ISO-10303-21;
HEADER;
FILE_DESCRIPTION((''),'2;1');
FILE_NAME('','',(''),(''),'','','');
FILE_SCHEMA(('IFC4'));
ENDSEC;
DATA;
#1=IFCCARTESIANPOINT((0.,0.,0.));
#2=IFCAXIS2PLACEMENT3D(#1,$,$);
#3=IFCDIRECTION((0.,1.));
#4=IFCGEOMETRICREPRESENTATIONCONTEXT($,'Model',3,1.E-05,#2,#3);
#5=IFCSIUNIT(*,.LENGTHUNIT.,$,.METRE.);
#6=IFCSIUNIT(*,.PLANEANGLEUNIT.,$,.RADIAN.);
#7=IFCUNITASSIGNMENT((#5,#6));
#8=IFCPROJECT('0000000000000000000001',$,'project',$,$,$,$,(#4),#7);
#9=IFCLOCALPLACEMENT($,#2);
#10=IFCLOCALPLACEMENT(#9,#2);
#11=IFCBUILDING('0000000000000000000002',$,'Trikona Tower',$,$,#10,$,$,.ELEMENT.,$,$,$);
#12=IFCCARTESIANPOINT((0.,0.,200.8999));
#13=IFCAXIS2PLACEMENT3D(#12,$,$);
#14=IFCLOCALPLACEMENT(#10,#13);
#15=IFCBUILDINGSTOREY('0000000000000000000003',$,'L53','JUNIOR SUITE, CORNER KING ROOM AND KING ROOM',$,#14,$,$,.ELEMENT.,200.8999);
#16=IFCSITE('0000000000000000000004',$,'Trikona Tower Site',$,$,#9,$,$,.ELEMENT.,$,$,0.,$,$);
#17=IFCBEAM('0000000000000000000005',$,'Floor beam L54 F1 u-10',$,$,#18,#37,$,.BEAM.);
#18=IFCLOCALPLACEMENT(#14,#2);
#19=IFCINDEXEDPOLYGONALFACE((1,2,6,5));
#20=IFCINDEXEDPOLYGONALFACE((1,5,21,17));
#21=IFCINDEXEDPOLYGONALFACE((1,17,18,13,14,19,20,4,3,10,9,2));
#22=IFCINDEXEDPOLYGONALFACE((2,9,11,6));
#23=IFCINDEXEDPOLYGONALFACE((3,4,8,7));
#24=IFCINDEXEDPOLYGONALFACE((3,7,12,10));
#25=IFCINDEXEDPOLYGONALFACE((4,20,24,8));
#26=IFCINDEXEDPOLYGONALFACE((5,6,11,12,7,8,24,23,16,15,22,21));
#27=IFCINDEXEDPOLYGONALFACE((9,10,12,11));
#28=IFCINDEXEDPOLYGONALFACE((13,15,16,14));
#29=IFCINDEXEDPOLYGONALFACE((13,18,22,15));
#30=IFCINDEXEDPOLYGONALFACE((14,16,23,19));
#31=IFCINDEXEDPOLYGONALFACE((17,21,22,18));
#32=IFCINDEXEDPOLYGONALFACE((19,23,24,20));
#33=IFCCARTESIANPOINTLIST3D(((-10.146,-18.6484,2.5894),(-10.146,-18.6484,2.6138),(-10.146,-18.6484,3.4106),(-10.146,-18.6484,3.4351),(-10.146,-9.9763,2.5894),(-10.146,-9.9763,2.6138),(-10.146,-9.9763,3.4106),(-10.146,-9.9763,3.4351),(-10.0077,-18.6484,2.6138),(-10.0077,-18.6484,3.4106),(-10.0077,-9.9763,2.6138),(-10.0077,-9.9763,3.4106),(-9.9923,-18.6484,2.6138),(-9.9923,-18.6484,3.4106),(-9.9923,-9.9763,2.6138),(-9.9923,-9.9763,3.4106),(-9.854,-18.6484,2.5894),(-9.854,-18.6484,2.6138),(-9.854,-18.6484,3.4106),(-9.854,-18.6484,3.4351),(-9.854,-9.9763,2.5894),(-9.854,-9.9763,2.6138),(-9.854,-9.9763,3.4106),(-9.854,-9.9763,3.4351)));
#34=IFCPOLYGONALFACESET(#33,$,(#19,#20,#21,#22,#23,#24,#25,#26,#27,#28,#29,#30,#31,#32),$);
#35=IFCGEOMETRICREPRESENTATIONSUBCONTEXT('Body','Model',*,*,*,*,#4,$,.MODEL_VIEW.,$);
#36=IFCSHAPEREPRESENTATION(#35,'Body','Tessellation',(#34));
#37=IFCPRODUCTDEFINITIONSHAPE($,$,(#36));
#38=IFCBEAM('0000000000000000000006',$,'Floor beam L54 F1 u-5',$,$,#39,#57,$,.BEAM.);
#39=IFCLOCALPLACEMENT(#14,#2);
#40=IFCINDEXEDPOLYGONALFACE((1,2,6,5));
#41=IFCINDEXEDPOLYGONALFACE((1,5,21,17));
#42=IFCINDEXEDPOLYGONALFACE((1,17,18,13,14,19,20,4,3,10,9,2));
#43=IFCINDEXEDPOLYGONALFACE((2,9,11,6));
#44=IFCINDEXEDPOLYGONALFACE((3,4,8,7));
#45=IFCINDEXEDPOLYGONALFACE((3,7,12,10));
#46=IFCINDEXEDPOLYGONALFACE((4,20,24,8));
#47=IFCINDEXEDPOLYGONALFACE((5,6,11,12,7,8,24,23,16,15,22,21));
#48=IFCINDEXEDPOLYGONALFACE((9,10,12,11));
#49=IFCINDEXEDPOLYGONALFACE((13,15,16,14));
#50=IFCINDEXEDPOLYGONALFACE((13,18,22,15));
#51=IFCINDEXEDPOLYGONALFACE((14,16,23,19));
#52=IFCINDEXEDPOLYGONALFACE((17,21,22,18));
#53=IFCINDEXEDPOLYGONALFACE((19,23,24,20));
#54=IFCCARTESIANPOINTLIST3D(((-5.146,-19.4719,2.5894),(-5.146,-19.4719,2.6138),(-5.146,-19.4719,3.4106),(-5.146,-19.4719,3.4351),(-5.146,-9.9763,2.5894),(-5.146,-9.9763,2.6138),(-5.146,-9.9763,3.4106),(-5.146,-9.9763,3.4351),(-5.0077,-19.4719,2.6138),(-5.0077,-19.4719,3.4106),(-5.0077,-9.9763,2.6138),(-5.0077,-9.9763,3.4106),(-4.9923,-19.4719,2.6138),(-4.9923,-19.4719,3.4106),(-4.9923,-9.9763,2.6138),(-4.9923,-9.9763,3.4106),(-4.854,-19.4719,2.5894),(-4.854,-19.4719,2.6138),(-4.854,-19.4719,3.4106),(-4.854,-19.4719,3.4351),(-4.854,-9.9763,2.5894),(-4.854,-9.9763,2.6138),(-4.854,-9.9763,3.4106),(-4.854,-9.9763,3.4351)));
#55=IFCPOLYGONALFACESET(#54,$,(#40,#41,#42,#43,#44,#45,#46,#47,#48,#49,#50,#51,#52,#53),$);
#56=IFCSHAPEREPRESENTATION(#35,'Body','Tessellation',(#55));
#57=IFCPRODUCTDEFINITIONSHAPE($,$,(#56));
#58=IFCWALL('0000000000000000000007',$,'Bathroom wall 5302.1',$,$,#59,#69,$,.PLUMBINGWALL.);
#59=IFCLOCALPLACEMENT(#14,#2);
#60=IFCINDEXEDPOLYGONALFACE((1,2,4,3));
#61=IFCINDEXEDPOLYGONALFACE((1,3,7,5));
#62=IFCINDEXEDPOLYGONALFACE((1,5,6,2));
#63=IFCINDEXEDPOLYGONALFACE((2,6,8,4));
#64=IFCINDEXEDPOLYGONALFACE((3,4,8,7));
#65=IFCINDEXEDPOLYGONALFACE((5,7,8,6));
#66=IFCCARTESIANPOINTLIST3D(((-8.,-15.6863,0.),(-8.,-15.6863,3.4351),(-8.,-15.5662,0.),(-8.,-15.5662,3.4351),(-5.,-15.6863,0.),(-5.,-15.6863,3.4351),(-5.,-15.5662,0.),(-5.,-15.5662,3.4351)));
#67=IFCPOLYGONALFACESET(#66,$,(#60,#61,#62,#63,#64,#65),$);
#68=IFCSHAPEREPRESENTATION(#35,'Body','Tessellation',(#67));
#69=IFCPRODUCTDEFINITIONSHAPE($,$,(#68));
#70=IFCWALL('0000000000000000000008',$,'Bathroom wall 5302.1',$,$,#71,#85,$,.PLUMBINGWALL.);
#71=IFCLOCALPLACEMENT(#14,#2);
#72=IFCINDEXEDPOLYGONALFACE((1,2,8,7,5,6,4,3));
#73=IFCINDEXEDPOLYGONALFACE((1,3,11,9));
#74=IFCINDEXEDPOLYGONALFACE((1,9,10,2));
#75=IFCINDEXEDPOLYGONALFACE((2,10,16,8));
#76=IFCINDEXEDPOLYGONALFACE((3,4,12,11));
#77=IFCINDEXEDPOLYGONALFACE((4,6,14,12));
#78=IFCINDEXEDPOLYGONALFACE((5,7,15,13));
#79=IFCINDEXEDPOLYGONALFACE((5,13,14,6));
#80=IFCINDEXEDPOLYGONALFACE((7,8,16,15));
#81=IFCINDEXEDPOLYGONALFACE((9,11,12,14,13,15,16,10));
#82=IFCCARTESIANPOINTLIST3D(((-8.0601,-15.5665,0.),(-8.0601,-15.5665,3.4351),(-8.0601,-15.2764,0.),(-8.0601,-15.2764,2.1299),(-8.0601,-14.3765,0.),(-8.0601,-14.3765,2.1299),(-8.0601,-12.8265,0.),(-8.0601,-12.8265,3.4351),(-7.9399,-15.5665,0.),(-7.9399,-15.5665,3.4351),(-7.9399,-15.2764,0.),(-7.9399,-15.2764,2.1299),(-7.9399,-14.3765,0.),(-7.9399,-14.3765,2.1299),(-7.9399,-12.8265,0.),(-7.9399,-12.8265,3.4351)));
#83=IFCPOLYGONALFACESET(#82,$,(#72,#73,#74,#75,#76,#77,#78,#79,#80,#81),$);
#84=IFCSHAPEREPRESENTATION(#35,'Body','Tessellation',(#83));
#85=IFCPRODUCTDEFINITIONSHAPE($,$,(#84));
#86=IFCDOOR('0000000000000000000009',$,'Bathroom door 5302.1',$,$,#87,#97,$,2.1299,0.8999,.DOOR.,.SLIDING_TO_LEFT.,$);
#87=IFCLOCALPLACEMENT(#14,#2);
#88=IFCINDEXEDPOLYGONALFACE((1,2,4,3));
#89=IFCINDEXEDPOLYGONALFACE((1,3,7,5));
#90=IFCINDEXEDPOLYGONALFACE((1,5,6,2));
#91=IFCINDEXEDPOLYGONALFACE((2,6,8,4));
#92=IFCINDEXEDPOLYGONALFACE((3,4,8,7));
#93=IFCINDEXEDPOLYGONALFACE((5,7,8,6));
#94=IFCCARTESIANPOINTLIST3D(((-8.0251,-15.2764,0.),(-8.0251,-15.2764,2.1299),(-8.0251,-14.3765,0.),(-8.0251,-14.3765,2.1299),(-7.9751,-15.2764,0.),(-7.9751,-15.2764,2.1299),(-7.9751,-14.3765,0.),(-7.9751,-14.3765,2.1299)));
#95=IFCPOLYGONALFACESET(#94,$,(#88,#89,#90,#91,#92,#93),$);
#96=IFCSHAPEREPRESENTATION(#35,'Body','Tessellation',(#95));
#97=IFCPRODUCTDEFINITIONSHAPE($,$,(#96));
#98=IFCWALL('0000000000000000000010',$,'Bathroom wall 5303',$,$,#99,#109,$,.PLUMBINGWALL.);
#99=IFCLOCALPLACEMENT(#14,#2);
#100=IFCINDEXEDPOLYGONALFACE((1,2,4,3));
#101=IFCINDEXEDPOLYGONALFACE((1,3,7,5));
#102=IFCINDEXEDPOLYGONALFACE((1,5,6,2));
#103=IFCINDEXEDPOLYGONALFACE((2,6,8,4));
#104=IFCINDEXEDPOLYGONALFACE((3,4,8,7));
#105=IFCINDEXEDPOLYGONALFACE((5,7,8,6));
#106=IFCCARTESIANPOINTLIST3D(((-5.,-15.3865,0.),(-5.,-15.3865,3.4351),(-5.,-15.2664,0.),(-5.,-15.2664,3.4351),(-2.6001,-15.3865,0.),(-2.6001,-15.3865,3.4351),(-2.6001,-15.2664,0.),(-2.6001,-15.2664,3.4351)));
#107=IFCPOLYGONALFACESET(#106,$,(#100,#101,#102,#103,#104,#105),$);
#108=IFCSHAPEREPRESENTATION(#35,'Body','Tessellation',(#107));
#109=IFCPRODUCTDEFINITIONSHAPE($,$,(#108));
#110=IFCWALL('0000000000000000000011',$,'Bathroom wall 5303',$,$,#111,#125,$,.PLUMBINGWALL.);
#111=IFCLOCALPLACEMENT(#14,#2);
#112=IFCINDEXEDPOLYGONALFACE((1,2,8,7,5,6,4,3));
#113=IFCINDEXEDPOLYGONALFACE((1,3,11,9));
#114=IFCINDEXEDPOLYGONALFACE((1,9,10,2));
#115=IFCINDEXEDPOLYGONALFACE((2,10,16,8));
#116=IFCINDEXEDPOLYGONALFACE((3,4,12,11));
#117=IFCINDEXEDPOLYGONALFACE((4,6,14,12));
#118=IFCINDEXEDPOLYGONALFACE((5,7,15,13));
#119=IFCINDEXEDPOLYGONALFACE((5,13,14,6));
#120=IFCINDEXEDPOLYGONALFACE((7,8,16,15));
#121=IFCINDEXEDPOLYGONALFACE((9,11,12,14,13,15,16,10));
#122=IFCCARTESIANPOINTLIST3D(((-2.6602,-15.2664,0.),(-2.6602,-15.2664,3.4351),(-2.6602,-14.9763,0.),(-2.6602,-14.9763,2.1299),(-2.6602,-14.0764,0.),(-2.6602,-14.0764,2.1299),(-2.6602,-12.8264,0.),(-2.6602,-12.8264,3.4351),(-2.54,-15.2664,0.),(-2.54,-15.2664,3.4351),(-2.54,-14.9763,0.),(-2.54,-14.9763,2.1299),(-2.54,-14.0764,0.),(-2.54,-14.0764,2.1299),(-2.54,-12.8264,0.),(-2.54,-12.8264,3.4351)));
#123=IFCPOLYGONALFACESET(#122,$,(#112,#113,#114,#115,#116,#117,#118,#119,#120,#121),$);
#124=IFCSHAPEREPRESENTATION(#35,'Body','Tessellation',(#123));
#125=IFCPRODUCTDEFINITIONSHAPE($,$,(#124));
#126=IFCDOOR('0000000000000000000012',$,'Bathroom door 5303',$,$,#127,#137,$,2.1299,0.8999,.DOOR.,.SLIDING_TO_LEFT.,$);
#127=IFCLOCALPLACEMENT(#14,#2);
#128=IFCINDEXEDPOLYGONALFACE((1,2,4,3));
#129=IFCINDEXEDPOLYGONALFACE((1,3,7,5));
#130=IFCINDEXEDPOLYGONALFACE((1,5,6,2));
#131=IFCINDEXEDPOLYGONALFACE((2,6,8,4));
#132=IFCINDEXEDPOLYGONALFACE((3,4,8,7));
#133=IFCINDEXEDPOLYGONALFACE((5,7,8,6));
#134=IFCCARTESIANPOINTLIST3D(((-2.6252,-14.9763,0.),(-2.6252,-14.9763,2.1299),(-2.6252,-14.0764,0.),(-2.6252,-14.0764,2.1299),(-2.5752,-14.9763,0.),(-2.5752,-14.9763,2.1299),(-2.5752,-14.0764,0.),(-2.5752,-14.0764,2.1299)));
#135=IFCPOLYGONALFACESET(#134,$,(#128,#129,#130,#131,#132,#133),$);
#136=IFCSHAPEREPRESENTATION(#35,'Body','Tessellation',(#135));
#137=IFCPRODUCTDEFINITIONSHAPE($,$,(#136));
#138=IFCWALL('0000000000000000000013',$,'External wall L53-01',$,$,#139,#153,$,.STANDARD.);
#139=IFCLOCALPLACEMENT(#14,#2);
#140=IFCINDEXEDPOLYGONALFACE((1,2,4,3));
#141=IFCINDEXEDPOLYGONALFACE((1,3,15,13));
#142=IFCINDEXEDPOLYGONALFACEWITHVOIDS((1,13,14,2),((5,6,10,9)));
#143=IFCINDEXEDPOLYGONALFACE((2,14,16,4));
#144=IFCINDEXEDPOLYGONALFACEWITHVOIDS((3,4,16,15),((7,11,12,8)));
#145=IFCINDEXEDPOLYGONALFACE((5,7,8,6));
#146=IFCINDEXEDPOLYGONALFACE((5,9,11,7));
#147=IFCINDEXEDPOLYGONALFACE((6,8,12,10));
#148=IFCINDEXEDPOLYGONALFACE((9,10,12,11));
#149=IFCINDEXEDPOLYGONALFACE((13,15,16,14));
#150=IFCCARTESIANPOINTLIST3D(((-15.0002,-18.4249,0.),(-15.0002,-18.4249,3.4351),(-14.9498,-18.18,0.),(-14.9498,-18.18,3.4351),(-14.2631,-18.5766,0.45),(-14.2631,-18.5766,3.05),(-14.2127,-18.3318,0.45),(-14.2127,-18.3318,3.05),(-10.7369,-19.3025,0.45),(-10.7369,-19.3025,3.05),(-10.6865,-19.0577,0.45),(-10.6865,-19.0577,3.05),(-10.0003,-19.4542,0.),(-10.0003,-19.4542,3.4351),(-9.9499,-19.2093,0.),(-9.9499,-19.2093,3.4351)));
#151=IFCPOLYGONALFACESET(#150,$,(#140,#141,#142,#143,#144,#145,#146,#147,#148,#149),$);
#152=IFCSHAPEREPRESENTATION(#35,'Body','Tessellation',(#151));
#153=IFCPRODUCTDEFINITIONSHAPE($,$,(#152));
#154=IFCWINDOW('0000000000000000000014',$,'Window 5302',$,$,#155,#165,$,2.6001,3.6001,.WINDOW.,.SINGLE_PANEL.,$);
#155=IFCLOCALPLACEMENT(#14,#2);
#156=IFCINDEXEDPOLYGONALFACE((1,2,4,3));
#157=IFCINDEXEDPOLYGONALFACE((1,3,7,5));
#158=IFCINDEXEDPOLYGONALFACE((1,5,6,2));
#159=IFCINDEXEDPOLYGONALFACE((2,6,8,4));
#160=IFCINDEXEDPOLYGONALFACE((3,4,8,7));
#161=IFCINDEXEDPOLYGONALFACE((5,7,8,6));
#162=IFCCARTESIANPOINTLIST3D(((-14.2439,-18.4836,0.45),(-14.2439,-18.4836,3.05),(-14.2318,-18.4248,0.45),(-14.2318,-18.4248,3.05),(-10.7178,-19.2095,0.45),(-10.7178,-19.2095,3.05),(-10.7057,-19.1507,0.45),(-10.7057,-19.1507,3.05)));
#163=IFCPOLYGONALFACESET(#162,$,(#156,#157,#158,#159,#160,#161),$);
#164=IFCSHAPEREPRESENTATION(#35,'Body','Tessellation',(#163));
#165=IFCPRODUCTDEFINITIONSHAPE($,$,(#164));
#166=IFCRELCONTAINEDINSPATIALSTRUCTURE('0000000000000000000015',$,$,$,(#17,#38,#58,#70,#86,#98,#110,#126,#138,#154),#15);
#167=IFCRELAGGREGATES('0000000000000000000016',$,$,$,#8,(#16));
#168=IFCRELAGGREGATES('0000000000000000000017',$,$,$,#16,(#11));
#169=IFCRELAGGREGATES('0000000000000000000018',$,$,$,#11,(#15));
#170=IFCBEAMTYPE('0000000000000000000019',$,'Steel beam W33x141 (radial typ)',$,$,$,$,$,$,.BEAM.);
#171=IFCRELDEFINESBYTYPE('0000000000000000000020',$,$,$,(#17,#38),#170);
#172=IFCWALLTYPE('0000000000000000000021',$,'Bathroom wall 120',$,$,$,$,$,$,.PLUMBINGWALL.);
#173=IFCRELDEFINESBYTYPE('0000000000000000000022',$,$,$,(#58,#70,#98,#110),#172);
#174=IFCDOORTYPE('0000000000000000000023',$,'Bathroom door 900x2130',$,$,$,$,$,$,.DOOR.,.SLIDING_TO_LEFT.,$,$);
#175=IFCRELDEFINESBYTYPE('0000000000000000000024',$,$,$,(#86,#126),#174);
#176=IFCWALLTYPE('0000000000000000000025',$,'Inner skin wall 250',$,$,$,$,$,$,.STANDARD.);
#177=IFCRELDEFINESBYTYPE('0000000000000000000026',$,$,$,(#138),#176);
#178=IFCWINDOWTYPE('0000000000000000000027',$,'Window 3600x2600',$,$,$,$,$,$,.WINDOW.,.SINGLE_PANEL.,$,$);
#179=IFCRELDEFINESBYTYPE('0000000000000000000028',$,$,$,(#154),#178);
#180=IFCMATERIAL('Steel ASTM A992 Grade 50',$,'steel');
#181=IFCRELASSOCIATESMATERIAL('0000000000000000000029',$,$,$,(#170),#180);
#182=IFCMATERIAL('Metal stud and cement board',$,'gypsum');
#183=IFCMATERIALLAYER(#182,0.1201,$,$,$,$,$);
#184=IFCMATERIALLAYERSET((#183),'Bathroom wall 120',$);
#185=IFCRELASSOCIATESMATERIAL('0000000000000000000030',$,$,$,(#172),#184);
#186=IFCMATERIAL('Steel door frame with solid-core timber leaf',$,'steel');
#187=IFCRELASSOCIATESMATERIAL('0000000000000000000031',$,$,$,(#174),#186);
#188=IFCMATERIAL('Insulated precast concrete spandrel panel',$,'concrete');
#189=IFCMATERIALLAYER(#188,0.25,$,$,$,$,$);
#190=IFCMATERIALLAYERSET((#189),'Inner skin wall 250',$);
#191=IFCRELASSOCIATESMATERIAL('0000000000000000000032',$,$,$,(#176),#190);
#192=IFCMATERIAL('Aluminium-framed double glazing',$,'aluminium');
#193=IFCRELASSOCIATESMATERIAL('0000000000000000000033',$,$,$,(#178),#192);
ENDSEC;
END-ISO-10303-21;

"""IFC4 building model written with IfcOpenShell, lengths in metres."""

from ifc_helpers import new_model, si_unit, direction, frame, frame_2d, origin, origin_2d, place, context, subcontext, project, spatial, rectangle, i_section, extrude, material, layer, layer_set, material_profile, profile_set, type_object, element, fill, save


model = new_model("IFC4")

# Units and contexts
model_context = context("Model", 3, precision=1e-05, world=origin(), true_north=direction((0.0, 1.0)))
body_context = subcontext(model_context, "Body", "Model", "MODEL_VIEW")
ifc_project = project(units=[si_unit("LENGTHUNIT", "METRE"), si_unit("PLANEANGLEUNIT", "RADIAN")], contexts=[model_context])

# Site, building, storey
site_placement = place(None, origin())
site = spatial("IfcSite", under=ifc_project, at=site_placement, Name="Trikona Tower Site", CompositionType="ELEMENT", RefElevation=0.0)
building_placement = place(site_placement, origin())
building = spatial("IfcBuilding", under=site, at=building_placement, Name="Trikona Tower", CompositionType="ELEMENT")
storey_placement = place(building_placement, frame((0.0, 0.0, 200.8999)))
storey = spatial("IfcBuildingStorey", under=building, at=storey_placement, Name="L53", Description="JUNIOR SUITE, CORNER KING ROOM AND KING ROOM", CompositionType="ELEMENT", Elevation=200.8999)

# Beams
ifc_material_1 = material(Name="Steel ASTM A992 Grade 50", Category="steel")
ifc_material_profile = material_profile(ifc_material_1, i_section(OverallWidth=0.292, OverallDepth=0.8457, WebThickness=0.0154, FlangeThickness=0.0244, at=origin_2d()), Name="W33X141")
ifc_profile_set = profile_set([ifc_material_profile], Name="Steel ASTM A992 Grade 50")
beam_type = type_object("IfcBeamType", Name="Steel beam W33x141 (radial typ)", PredefinedType="BEAM", material=ifc_profile_set)
beam_1_placement = place(storey_placement, frame((-10.0, -9.9763, 3.0122), z_axis=(0.0, -1.0, 0.0), x_axis=(1.0, 0.0, 0.0)))
element("IfcBeam", 1, at=beam_1_placement, inside=storey, type_object=beam_type, Name="Floor beam L54 F1 u-10", PredefinedType="BEAM", context=body_context, shape_type="SweptSolid", body=[
    extrude(i_section(OverallWidth=0.292, OverallDepth=0.8457, WebThickness=0.0154, FlangeThickness=0.0244, at=origin_2d()), origin(), (0.0, 0.0, 1.0), 8.6721),
])
beam_2_placement = place(storey_placement, frame((-5.0, -9.9763, 3.0122), z_axis=(0.0, -1.0, 0.0), x_axis=(1.0, 0.0, 0.0)))
element("IfcBeam", 2, at=beam_2_placement, inside=storey, type_object=beam_type, Name="Floor beam L54 F1 u-5", PredefinedType="BEAM", context=body_context, shape_type="SweptSolid", body=[
    extrude(i_section(OverallWidth=0.292, OverallDepth=0.8457, WebThickness=0.0154, FlangeThickness=0.0244, at=origin_2d()), origin(), (0.0, 0.0, 1.0), 9.4956),
])

# Wall
ifc_material_2 = material(Name="Metal stud and cement board", Category="gypsum")
ifc_layer_1 = layer(ifc_material_2, 0.1201)
ifc_layer_set_1 = layer_set([ifc_layer_1], Name="Bathroom wall 120")
wall_type_1 = type_object("IfcWallType", Name="Bathroom wall 120", PredefinedType="PLUMBINGWALL", material=ifc_layer_set_1)
wall_1_placement = place(storey_placement, frame((-8.0, -15.6262, 0.0), z_axis=(0.0, 0.0, 1.0), x_axis=(1.0, 0.0, 0.0)))
element("IfcWall", 3, at=wall_1_placement, inside=storey, type_object=wall_type_1, Name="Bathroom wall 5302.1", PredefinedType="PLUMBINGWALL", context=body_context, shape_type="SweptSolid", body=[
    extrude(rectangle(XDim=3.0, YDim=0.1201, at=frame_2d((1.5, 0.0))), origin(), (0.0, 0.0, 1.0), 3.4351),
])

# Wall, opening, door
wall_2_placement = place(storey_placement, frame((-8.0, -12.8264, 0.0), z_axis=(0.0, 0.0, 1.0), x_axis=(0.0, -1.0, 0.0)))
wall_2 = element("IfcWall", 4, at=wall_2_placement, inside=storey, type_object=wall_type_1, Name="Bathroom wall 5302.1", PredefinedType="PLUMBINGWALL", context=body_context, shape_type="SweptSolid", body=[
    extrude(rectangle(XDim=2.74, YDim=0.1201, at=frame_2d((1.3701, 0.0))), origin(), (0.0, 0.0, 1.0), 3.4351),
])
opening_1_placement = place(wall_2_placement, frame((1.55, 0.0, 0.0)))
opening_1 = element("IfcOpeningElement", 5, at=opening_1_placement, cuts=wall_2, PredefinedType="OPENING", context=body_context, shape_type="SweptSolid", body=[
    extrude(rectangle(XDim=0.8999, YDim=2.1299, at=frame_2d((0.45, 1.0649))), frame((0.0, 0.0701, 0.0), z_axis=(0.0, -1.0, 0.0), x_axis=(1.0, 0.0, 0.0)), (0.0, 0.0, 1.0), 0.1401),
])
ifc_material_3 = material(Name="Steel door frame with solid-core timber leaf", Category="steel")
door_type_1 = type_object("IfcDoorType", Name="Bathroom door 900x2130", OperationType="SLIDING_TO_LEFT", PredefinedType="DOOR", material=ifc_material_3)
door_1_placement = place(opening_1_placement, origin())
door_1 = element("IfcDoor", 6, at=door_1_placement, inside=storey, type_object=door_type_1, Name="Bathroom door 5302.1", OperationType="SLIDING_TO_LEFT", OverallHeight=2.1299, OverallWidth=0.8999, PredefinedType="DOOR", context=body_context, shape_type="SweptSolid", body=[
    extrude(rectangle(XDim=0.8999, YDim=2.1299, at=frame_2d((0.45, 1.0649))), frame((0.0, 0.0249, 0.0), z_axis=(0.0, -1.0, 0.0), x_axis=(1.0, 0.0, 0.0)), (0.0, 0.0, 1.0), 0.05),
])
fill(opening_1, door_1)

# Wall
wall_3_placement = place(storey_placement, frame((-5.0, -15.3264, 0.0), z_axis=(0.0, 0.0, 1.0), x_axis=(1.0, 0.0, 0.0)))
element("IfcWall", 7, at=wall_3_placement, inside=storey, type_object=wall_type_1, Name="Bathroom wall 5303", PredefinedType="PLUMBINGWALL", context=body_context, shape_type="SweptSolid", body=[
    extrude(rectangle(XDim=2.3999, YDim=0.1201, at=frame_2d((1.2, 0.0))), origin(), (0.0, 0.0, 1.0), 3.4351),
])

# Wall, opening, door
wall_4_placement = place(storey_placement, frame((-2.6001, -12.8264, 0.0), z_axis=(0.0, 0.0, 1.0), x_axis=(0.0, -1.0, 0.0)))
wall_4 = element("IfcWall", 8, at=wall_4_placement, inside=storey, type_object=wall_type_1, Name="Bathroom wall 5303", PredefinedType="PLUMBINGWALL", context=body_context, shape_type="SweptSolid", body=[
    extrude(rectangle(XDim=2.4399, YDim=0.1201, at=frame_2d((1.22, 0.0))), origin(), (0.0, 0.0, 1.0), 3.4351),
])
opening_2_placement = place(wall_4_placement, frame((1.25, 0.0, 0.0)))
opening_2 = element("IfcOpeningElement", 9, at=opening_2_placement, cuts=wall_4, PredefinedType="OPENING", context=body_context, shape_type="SweptSolid", body=[
    extrude(rectangle(XDim=0.8999, YDim=2.1299, at=frame_2d((0.45, 1.0649))), frame((0.0, 0.0701, 0.0), z_axis=(0.0, -1.0, 0.0), x_axis=(1.0, 0.0, 0.0)), (0.0, 0.0, 1.0), 0.1401),
])
door_2_placement = place(opening_2_placement, origin())
door_2 = element("IfcDoor", 10, at=door_2_placement, inside=storey, type_object=door_type_1, Name="Bathroom door 5303", OperationType="SLIDING_TO_LEFT", OverallHeight=2.1299, OverallWidth=0.8999, PredefinedType="DOOR", context=body_context, shape_type="SweptSolid", body=[
    extrude(rectangle(XDim=0.8999, YDim=2.1299, at=frame_2d((0.45, 1.0649))), frame((0.0, 0.0249, 0.0), z_axis=(0.0, -1.0, 0.0), x_axis=(1.0, 0.0, 0.0)), (0.0, 0.0, 1.0), 0.05),
])
fill(opening_2, door_2)

# Wall, opening, window
ifc_material_4 = material(Name="Insulated precast concrete spandrel panel", Category="concrete")
ifc_layer_2 = layer(ifc_material_4, 0.25)
ifc_layer_set_2 = layer_set([ifc_layer_2], Name="Inner skin wall 250")
wall_type_2 = type_object("IfcWallType", Name="Inner skin wall 250", PredefinedType="STANDARD", material=ifc_layer_set_2)
wall_5_placement = place(storey_placement, frame((-14.9749, -18.3025, 0.0), z_axis=(0.0, 0.0, 1.0), x_axis=(0.979461, -0.201631, 0.0)))
wall_5 = element("IfcWall", 11, at=wall_5_placement, inside=storey, type_object=wall_type_2, Name="External wall L53-01", PredefinedType="STANDARD", context=body_context, shape_type="SweptSolid", body=[
    extrude(rectangle(XDim=5.1047, YDim=0.25, at=frame_2d((2.5522, 0.0))), origin(), (0.0, 0.0, 1.0), 3.4351),
])
opening_3_placement = place(wall_5_placement, frame((0.7524, 0.0, 0.45)))
opening_3 = element("IfcOpeningElement", 12, at=opening_3_placement, cuts=wall_5, PredefinedType="OPENING", context=body_context, shape_type="SweptSolid", body=[
    extrude(rectangle(XDim=3.6001, YDim=2.6001, at=frame_2d((1.8, 1.3))), frame((0.0, 0.135, 0.0), z_axis=(0.0, -1.0, 0.0), x_axis=(1.0, 0.0, 0.0)), (0.0, 0.0, 1.0), 0.27),
])
ifc_material_5 = material(Name="Aluminium-framed double glazing", Category="aluminium")
window_type = type_object("IfcWindowType", Name="Window 3600x2600", PartitioningType="SINGLE_PANEL", PredefinedType="WINDOW", material=ifc_material_5)
window_1_placement = place(opening_3_placement, origin())
window_1 = element("IfcWindow", 13, at=window_1_placement, inside=storey, type_object=window_type, Name="Window 5302", OverallHeight=2.6001, OverallWidth=3.6001, PartitioningType="SINGLE_PANEL", PredefinedType="WINDOW", context=body_context, shape_type="SweptSolid", body=[
    extrude(rectangle(XDim=3.6001, YDim=2.6001, at=frame_2d((1.8, 1.3))), frame((0.0, 0.03, 0.0), z_axis=(0.0, -1.0, 0.0), x_axis=(1.0, 0.0, 0.0)), (0.0, 0.0, 1.0), 0.0601),
])
fill(opening_3, window_1)

save(model, "model.ifc")
